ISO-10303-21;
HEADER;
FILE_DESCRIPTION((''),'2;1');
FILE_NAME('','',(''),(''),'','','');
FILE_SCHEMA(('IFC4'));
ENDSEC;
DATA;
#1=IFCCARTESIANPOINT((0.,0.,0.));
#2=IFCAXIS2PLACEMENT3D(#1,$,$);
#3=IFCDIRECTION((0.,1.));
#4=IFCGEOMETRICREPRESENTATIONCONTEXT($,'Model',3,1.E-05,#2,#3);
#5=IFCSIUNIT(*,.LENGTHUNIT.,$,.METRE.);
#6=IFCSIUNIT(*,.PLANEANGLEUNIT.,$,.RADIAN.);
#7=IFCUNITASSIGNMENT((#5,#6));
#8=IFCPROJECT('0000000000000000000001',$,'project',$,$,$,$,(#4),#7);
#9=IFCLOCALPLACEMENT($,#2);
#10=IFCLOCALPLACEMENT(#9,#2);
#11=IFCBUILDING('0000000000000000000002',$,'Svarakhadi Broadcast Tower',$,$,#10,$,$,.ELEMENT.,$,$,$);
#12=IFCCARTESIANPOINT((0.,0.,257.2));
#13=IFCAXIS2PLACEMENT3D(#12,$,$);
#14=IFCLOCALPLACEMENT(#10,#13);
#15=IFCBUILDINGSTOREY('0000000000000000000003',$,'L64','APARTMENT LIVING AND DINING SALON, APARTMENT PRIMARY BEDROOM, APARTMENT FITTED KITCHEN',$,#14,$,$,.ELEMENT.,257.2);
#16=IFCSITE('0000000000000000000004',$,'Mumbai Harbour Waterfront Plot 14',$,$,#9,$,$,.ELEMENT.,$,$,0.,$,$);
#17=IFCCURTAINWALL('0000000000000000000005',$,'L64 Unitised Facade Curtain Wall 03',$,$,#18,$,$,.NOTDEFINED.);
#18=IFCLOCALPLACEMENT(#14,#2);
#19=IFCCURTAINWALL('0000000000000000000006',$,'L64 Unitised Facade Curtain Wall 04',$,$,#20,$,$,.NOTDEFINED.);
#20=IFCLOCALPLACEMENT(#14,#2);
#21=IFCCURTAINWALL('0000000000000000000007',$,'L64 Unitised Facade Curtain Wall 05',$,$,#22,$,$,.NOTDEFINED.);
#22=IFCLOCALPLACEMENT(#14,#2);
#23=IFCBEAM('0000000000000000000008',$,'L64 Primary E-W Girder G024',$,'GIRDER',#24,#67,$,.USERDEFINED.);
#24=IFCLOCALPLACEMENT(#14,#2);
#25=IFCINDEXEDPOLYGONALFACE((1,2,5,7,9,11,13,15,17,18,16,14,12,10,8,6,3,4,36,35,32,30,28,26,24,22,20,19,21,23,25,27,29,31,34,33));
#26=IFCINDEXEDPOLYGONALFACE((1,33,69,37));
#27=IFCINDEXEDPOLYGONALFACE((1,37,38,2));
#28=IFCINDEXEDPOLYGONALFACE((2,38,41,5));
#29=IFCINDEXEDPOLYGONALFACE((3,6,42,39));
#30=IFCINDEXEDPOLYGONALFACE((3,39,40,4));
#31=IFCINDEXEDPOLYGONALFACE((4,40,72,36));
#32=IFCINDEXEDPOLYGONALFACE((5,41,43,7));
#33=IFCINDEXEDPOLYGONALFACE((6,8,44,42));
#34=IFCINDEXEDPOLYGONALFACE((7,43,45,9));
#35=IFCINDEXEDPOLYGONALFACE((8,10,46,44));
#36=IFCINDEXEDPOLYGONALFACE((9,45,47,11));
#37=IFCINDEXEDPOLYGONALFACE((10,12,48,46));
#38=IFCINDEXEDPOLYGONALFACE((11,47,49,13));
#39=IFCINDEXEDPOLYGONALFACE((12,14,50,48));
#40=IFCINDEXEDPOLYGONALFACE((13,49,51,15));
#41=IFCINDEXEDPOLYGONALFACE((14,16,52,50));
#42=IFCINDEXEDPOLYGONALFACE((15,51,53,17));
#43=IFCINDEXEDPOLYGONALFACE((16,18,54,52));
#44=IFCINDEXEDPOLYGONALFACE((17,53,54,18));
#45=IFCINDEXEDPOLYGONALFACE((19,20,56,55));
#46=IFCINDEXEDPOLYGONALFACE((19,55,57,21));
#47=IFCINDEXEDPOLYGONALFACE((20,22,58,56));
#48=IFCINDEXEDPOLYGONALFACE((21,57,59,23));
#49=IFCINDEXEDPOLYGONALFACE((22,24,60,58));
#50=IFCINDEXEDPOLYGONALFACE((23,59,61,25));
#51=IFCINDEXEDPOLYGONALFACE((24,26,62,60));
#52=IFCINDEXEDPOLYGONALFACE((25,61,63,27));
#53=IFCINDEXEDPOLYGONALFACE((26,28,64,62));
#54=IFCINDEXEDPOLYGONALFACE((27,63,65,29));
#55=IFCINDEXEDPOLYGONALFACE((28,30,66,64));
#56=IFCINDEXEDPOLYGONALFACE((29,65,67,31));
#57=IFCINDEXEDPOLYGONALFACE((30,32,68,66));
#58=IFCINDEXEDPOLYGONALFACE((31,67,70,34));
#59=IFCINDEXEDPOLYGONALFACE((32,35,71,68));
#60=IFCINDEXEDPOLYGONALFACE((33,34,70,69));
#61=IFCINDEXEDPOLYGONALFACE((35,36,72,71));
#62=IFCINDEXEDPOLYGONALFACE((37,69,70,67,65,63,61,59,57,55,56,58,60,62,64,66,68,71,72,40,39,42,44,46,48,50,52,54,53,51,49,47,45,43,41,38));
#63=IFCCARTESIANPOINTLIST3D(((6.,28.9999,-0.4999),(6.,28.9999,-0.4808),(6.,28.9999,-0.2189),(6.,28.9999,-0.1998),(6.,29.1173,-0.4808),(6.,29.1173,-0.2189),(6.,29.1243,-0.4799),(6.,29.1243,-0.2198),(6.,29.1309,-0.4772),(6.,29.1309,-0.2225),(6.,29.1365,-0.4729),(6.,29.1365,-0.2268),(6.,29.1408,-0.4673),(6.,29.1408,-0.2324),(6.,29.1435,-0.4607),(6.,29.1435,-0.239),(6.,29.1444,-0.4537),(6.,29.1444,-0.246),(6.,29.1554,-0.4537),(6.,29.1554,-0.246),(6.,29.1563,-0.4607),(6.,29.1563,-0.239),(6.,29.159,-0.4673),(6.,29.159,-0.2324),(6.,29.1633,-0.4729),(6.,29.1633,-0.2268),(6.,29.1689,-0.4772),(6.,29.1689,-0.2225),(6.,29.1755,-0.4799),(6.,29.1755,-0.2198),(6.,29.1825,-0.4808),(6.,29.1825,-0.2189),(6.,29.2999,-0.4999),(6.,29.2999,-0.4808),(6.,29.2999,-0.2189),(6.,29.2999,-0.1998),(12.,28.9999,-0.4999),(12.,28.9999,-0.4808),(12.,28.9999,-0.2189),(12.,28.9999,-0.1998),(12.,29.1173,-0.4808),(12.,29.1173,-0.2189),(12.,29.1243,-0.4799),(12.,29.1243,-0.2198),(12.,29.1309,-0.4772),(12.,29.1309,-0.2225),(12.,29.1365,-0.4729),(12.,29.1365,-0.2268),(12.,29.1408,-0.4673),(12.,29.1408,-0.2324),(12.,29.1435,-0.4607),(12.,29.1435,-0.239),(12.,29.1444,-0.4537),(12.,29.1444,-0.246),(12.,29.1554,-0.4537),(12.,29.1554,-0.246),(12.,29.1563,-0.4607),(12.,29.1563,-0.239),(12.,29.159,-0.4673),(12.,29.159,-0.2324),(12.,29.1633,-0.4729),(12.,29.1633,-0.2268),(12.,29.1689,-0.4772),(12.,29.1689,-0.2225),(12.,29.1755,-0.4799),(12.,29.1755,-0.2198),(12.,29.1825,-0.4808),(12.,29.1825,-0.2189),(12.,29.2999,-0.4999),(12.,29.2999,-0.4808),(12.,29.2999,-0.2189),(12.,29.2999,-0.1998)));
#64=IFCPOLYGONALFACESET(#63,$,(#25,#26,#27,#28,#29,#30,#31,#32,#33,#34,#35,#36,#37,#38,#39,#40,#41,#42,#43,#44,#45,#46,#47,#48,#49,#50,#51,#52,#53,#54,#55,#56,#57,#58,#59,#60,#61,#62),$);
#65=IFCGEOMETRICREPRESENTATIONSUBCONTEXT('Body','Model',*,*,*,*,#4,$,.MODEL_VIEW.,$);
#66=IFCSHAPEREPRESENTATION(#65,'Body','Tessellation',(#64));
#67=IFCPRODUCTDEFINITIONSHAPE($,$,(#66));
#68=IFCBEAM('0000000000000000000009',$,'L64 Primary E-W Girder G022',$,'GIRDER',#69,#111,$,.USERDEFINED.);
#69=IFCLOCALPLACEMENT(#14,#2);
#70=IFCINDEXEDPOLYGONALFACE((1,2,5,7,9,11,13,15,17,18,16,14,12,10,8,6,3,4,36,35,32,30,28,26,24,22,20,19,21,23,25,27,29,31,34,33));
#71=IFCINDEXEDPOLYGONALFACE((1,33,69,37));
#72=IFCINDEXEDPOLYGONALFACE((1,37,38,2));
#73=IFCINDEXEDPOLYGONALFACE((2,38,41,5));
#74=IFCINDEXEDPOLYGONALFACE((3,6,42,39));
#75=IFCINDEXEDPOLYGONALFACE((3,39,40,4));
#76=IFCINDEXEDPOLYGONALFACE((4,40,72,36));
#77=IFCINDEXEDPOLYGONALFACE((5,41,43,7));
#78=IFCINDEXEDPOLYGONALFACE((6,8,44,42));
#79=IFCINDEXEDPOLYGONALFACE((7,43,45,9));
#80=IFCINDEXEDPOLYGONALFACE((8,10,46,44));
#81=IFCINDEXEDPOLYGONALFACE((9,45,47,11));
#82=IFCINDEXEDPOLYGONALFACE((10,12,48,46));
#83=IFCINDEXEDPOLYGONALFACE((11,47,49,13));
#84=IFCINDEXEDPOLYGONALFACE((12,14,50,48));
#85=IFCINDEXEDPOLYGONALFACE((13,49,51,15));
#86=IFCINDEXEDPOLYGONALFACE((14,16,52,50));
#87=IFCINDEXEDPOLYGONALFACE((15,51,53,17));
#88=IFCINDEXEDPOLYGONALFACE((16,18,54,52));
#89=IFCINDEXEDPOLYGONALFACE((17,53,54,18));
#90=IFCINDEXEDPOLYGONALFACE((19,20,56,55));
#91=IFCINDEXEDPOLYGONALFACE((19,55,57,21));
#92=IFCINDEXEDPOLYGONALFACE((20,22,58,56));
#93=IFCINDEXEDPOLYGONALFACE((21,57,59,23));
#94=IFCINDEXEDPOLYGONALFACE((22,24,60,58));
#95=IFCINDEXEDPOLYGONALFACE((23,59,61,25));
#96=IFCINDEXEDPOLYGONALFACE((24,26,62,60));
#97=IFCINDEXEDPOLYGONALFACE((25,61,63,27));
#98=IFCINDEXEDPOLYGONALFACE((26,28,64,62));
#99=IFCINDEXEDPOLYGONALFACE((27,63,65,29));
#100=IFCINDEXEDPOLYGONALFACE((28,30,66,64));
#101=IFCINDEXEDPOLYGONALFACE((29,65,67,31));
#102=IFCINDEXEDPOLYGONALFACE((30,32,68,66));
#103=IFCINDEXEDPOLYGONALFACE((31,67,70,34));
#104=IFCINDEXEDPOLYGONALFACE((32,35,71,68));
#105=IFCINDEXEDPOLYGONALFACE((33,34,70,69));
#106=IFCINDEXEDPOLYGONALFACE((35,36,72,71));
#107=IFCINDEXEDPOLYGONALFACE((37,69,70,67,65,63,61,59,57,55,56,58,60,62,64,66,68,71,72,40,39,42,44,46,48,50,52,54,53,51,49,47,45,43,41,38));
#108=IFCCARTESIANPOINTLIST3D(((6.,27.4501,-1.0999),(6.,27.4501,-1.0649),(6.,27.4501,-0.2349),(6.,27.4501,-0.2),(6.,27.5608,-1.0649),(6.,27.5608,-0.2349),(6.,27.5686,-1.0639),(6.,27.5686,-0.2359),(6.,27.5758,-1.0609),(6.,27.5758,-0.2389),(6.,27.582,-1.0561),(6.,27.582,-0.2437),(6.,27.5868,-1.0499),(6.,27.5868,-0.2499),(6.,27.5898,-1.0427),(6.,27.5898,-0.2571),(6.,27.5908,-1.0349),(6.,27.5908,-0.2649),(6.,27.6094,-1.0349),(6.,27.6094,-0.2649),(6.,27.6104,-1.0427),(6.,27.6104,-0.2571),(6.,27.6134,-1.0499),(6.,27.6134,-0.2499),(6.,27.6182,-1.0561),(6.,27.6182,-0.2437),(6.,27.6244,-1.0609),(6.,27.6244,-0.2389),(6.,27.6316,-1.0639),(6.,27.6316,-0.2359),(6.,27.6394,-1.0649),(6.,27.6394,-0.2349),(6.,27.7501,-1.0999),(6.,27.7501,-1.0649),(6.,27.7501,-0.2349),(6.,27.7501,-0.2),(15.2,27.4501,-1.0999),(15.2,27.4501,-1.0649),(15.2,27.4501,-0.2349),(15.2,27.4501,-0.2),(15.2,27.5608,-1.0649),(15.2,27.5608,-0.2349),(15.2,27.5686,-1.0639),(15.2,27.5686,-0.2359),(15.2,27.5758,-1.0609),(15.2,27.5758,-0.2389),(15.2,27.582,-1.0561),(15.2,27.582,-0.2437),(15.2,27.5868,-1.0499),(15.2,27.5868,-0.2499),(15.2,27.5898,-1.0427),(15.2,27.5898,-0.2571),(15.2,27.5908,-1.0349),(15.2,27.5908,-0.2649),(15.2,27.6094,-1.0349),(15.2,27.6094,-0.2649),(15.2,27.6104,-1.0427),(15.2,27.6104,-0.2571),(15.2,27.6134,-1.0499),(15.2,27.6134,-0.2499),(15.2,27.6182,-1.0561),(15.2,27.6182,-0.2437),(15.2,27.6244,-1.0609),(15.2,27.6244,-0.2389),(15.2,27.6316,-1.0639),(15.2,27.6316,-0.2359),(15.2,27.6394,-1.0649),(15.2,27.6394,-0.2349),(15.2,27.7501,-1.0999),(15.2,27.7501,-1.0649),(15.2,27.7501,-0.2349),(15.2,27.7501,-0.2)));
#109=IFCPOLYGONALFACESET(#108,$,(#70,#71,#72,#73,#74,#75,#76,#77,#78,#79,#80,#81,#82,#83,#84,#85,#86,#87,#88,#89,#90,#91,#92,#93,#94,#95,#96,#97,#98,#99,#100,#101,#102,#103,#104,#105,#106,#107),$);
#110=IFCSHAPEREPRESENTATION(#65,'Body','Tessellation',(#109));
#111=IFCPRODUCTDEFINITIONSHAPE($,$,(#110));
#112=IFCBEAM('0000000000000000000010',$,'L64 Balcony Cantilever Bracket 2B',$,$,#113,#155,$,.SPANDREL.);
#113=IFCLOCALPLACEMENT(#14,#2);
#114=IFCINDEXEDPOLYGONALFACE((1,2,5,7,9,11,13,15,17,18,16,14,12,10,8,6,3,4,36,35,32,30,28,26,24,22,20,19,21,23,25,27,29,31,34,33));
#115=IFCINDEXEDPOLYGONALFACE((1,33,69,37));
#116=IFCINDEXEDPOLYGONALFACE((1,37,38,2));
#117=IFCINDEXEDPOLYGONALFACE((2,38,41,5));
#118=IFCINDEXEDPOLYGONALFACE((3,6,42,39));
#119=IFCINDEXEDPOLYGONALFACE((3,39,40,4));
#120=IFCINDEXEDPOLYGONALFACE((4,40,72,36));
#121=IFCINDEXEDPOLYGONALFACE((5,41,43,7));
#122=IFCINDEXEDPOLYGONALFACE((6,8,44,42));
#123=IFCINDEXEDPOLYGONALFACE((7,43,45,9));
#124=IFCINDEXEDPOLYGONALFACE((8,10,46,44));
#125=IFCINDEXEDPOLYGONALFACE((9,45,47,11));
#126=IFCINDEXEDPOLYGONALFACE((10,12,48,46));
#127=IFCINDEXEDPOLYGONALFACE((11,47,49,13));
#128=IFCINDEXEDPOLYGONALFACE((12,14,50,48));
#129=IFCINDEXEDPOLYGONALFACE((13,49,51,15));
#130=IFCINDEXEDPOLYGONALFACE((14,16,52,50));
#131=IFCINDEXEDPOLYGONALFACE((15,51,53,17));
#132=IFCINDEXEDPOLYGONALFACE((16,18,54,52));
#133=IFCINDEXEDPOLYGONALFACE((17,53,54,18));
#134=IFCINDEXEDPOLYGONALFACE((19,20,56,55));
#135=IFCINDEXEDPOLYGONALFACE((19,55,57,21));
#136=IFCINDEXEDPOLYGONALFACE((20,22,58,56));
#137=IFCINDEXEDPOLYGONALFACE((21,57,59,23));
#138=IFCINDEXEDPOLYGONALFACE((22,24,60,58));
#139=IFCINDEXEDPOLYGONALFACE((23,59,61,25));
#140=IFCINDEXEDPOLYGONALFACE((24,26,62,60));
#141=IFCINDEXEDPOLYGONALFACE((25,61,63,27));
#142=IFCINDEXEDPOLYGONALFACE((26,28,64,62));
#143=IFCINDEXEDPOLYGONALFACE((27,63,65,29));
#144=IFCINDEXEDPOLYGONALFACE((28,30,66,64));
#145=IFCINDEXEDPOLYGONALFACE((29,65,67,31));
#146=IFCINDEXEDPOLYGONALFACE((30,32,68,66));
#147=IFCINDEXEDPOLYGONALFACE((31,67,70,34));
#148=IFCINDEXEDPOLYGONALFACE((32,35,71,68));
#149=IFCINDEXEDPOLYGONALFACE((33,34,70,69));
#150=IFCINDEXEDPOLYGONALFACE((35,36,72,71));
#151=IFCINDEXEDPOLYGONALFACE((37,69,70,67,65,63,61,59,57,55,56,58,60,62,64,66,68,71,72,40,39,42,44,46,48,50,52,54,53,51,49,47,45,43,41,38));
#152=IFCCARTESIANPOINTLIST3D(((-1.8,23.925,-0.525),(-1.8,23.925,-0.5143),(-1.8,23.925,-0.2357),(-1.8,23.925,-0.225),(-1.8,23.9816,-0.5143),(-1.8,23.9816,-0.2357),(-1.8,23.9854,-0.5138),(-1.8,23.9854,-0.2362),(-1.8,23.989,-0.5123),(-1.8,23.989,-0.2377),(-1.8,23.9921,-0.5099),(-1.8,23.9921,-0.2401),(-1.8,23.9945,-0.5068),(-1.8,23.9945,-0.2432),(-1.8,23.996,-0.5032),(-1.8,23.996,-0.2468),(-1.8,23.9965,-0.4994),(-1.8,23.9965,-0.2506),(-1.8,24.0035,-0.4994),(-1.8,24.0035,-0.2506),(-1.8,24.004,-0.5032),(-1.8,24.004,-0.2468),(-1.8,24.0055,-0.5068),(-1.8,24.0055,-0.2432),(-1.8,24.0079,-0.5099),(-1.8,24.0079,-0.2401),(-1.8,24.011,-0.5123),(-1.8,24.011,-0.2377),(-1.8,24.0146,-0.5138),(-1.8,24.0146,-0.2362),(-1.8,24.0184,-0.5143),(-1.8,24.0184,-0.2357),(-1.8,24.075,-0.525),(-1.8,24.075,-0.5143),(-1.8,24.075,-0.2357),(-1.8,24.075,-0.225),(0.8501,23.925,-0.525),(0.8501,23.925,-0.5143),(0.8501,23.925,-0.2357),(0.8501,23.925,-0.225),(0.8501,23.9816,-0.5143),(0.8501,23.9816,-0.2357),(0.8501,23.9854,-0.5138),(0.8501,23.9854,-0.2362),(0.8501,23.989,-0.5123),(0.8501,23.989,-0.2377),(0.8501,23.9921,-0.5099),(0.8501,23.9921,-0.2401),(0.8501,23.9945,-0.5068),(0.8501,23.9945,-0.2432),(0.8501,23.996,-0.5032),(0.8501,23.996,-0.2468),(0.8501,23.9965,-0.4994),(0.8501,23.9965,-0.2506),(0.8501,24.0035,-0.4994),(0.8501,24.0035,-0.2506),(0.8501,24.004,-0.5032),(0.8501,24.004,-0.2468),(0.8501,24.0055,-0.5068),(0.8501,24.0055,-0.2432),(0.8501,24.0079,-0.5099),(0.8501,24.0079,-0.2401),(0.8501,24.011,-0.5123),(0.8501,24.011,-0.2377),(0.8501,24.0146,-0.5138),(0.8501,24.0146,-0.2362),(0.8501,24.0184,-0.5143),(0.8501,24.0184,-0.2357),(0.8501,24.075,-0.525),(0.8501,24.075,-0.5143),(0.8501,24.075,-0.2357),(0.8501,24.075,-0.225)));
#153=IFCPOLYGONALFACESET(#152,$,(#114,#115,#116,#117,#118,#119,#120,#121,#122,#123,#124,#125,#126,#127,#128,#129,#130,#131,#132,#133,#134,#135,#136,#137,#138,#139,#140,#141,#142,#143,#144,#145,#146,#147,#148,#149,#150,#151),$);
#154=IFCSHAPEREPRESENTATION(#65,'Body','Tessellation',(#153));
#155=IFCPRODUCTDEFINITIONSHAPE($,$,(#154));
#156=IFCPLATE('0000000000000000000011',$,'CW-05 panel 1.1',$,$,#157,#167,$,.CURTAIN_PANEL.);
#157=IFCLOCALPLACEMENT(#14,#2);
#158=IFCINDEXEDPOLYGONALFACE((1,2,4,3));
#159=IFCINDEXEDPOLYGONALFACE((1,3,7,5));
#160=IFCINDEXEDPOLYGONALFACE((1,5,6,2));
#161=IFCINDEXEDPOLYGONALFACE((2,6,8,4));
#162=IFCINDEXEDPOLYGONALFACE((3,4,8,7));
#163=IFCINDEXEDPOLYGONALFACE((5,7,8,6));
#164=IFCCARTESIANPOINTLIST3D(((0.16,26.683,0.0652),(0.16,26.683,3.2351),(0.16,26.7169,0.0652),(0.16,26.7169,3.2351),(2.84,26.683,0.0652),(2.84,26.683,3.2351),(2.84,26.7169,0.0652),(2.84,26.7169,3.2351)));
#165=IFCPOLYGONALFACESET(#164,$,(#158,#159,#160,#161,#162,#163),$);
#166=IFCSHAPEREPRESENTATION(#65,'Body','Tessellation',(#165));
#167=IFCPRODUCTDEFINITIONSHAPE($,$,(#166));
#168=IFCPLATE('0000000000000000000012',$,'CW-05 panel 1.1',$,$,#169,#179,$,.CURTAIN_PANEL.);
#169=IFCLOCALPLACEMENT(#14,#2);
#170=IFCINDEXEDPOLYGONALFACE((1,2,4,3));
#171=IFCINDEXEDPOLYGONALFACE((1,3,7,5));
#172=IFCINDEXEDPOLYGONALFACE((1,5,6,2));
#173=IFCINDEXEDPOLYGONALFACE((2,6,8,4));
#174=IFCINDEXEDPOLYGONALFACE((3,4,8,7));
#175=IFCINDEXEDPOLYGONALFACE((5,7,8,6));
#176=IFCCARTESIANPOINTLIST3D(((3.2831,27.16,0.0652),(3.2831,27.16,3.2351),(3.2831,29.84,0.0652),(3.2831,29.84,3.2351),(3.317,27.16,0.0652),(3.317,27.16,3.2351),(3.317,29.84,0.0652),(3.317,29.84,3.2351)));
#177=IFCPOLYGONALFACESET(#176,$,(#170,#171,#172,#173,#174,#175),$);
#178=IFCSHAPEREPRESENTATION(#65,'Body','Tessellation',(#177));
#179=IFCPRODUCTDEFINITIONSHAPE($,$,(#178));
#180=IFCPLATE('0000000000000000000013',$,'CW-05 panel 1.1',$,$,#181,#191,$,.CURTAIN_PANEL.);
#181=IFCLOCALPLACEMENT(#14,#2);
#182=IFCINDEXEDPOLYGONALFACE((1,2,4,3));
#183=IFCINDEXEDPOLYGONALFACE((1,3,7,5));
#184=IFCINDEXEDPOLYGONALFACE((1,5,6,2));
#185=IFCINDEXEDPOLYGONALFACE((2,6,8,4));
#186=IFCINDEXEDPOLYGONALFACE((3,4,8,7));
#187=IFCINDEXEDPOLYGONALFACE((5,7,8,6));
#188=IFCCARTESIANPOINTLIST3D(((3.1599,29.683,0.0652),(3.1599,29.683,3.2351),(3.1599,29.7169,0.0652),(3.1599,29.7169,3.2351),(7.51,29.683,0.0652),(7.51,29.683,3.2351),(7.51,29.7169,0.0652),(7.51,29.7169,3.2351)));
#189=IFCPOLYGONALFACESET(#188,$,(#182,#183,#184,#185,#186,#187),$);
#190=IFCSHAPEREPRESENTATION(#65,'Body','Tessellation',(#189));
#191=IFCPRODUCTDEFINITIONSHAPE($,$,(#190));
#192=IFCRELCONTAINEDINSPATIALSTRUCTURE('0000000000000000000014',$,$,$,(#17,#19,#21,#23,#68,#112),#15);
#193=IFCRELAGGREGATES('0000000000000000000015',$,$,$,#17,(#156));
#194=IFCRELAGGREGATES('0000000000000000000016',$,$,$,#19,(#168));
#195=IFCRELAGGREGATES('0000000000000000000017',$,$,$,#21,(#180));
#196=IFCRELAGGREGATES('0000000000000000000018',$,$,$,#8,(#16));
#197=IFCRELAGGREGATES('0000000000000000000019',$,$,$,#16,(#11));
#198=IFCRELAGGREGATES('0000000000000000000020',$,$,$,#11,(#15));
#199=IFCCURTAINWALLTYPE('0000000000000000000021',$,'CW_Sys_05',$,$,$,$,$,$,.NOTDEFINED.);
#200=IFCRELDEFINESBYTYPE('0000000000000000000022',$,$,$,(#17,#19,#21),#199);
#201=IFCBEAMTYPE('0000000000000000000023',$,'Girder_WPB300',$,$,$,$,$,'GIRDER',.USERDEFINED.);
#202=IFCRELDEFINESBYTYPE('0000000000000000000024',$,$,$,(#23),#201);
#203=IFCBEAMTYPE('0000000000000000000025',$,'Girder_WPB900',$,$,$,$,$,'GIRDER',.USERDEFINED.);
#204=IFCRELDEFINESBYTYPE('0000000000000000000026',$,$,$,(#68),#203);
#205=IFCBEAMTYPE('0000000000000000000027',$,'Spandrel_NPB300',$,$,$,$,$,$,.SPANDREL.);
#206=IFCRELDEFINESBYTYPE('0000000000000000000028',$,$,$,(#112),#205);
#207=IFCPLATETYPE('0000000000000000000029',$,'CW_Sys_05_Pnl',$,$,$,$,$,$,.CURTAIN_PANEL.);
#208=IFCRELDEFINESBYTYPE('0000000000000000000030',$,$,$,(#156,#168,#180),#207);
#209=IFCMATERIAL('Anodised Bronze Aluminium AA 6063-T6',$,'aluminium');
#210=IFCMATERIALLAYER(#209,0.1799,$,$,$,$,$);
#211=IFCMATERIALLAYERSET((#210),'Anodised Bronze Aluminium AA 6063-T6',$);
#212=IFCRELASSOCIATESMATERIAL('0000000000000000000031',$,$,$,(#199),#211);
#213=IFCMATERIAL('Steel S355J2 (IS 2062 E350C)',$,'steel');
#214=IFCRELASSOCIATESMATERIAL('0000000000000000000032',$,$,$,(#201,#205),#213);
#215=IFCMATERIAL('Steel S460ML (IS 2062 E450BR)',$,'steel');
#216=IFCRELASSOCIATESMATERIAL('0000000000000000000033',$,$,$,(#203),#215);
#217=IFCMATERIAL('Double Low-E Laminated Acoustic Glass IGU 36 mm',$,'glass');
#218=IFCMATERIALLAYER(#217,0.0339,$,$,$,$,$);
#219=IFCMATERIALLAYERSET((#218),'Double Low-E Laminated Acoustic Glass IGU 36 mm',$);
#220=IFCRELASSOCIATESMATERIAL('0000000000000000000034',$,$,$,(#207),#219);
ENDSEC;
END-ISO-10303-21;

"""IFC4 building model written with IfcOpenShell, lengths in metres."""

from ifc_helpers import new_model, si_unit, direction, frame, origin, origin_2d, place, context, subcontext, project, spatial, rectangle, i_section, extrude, material, layer, layer_set, material_profile, profile_set, type_object, element, aggregate, save


model = new_model("IFC4")

# Units and contexts
model_context = context("Model", 3, precision=1e-05, world=origin(), true_north=direction((0.0, 1.0)))
body_context = subcontext(model_context, "Body", "Model", "MODEL_VIEW")
ifc_project = project(units=[si_unit("LENGTHUNIT", "METRE"), si_unit("PLANEANGLEUNIT", "RADIAN")], contexts=[model_context])

# Site, building, storey
site_placement = place(None, origin())
site = spatial("IfcSite", under=ifc_project, at=site_placement, Name="Mumbai Harbour Waterfront Plot 14", CompositionType="ELEMENT", RefElevation=0.0)
building_placement = place(site_placement, origin())
building = spatial("IfcBuilding", under=site, at=building_placement, Name="Svarakhadi Broadcast Tower", CompositionType="ELEMENT")
storey_placement = place(building_placement, frame((0.0, 0.0, 257.2)))
storey = spatial("IfcBuildingStorey", under=building, at=storey_placement, Name="L64", Description="APARTMENT LIVING AND DINING SALON, APARTMENT PRIMARY BEDROOM, APARTMENT FITTED KITCHEN", CompositionType="ELEMENT", Elevation=257.2)

# Shared definitions
ifc_material_1 = material(Name="Steel S460ML (IS 2062 E450BR)", Category="steel")

# Curtain walls
ifc_material_2 = material(Name="Anodised Bronze Aluminium AA 6063-T6", Category="aluminium")
ifc_layer_1 = layer(ifc_material_2, 0.1799)
ifc_layer_set_1 = layer_set([ifc_layer_1], Name="Anodised Bronze Aluminium AA 6063-T6")
curtain_wall_type = type_object("IfcCurtainWallType", Name="CW_Sys_05", PredefinedType="NOTDEFINED", material=ifc_layer_set_1)
curtain_wall_1_placement = place(storey_placement, origin())
curtain_wall_1 = element("IfcCurtainWall", 1, at=curtain_wall_1_placement, inside=storey, type_object=curtain_wall_type, Name="L64 Unitised Facade Curtain Wall 03", PredefinedType="NOTDEFINED")
curtain_wall_2_placement = place(storey_placement, origin())
curtain_wall_2 = element("IfcCurtainWall", 2, at=curtain_wall_2_placement, inside=storey, type_object=curtain_wall_type, Name="L64 Unitised Facade Curtain Wall 04", PredefinedType="NOTDEFINED")

# Curtain wall
curtain_wall_3_placement = place(storey_placement, origin())
curtain_wall_3 = element("IfcCurtainWall", 3, at=curtain_wall_3_placement, inside=storey, type_object=curtain_wall_type, Name="L64 Unitised Facade Curtain Wall 05", PredefinedType="NOTDEFINED")

# Beams
ifc_material_3 = material(Name="Steel S355J2 (IS 2062 E350C)", Category="steel")
ifc_material_profile_1 = material_profile(ifc_material_3, i_section(OverallWidth=0.3, OverallDepth=0.3, WebThickness=0.011, FlangeThickness=0.019, FilletRadius=0.0271, at=origin_2d()), Name="WPB 300x300x117")
ifc_profile_set_1 = profile_set([ifc_material_profile_1], Name="Steel S355J2 (IS 2062 E350C)")
beam_type_1 = type_object("IfcBeamType", Name="Girder_WPB300", ElementType="GIRDER", PredefinedType="USERDEFINED", material=ifc_profile_set_1)
beam_1_placement = place(storey_placement, frame((6.0, 29.1499, -0.3499), z_axis=(1.0, 0.0, 0.0), x_axis=(0.0, 1.0, 0.0)))
element("IfcBeam", 4, at=beam_1_placement, inside=storey, type_object=beam_type_1, Name="L64 Primary E-W Girder G024", ObjectType="GIRDER", PredefinedType="USERDEFINED", context=body_context, shape_type="SweptSolid", body=[
    extrude(i_section(OverallWidth=0.3, OverallDepth=0.3, WebThickness=0.011, FlangeThickness=0.019, FilletRadius=0.0271, at=origin_2d()), origin(), (0.0, 0.0, 1.0), 6.0),
])
ifc_material_profile_2 = material_profile(ifc_material_1, i_section(OverallWidth=0.3, OverallDepth=0.8999, WebThickness=0.0186, FlangeThickness=0.0349, FilletRadius=0.03, at=origin_2d()), Name="WPB 900x300x291")
ifc_profile_set_2 = profile_set([ifc_material_profile_2], Name="Steel S460ML (IS 2062 E450BR)")
beam_type_2 = type_object("IfcBeamType", Name="Girder_WPB900", ElementType="GIRDER", PredefinedType="USERDEFINED", material=ifc_profile_set_2)
beam_2_placement = place(storey_placement, frame((6.0, 27.6001, -0.6499), z_axis=(1.0, 0.0, 0.0), x_axis=(0.0, 1.0, 0.0)))
element("IfcBeam", 5, at=beam_2_placement, inside=storey, type_object=beam_type_2, Name="L64 Primary E-W Girder G022", ObjectType="GIRDER", PredefinedType="USERDEFINED", context=body_context, shape_type="SweptSolid", body=[
    extrude(i_section(OverallWidth=0.3, OverallDepth=0.8999, WebThickness=0.0186, FlangeThickness=0.0349, FilletRadius=0.03, at=origin_2d()), origin(), (0.0, 0.0, 1.0), 9.2),
])
ifc_material_profile_3 = material_profile(ifc_material_3, i_section(OverallWidth=0.1499, OverallDepth=0.3, WebThickness=0.0071, FlangeThickness=0.0107, FilletRadius=0.0149, at=origin_2d()), Name="NPB 300x150x37")
ifc_profile_set_3 = profile_set([ifc_material_profile_3], Name="Steel S355J2 (IS 2062 E350C)")
beam_type_3 = type_object("IfcBeamType", Name="Spandrel_NPB300", PredefinedType="SPANDREL", material=ifc_profile_set_3)
beam_3_placement = place(storey_placement, frame((0.8501, 24.0, -0.375), z_axis=(-1.0, 0.0, 0.0), x_axis=(0.0, -1.0, 0.0)))
element("IfcBeam", 6, at=beam_3_placement, inside=storey, type_object=beam_type_3, Name="L64 Balcony Cantilever Bracket 2B", PredefinedType="SPANDREL", context=body_context, shape_type="SweptSolid", body=[
    extrude(i_section(OverallWidth=0.1499, OverallDepth=0.3, WebThickness=0.0071, FlangeThickness=0.0107, FilletRadius=0.0149, at=origin_2d()), origin(), (0.0, 0.0, 1.0), 2.6501),
])

# Plates
ifc_material_4 = material(Name="Double Low-E Laminated Acoustic Glass IGU 36 mm", Category="glass")
ifc_layer_2 = layer(ifc_material_4, 0.0339)
ifc_layer_set_2 = layer_set([ifc_layer_2], Name="Double Low-E Laminated Acoustic Glass IGU 36 mm")
plate_type_1 = type_object("IfcPlateType", Name="CW_Sys_05_Pnl", PredefinedType="CURTAIN_PANEL", material=ifc_layer_set_2)
plate_1_placement = place(storey_placement, frame((1.5, 26.7, 0.0652), z_axis=(0.0, 0.0, 1.0), x_axis=(1.0, 0.0, 0.0)))
plate_1 = element("IfcPlate", 7, at=plate_1_placement, type_object=plate_type_1, Name="CW-05 panel 1.1", PredefinedType="CURTAIN_PANEL", context=body_context, shape_type="SweptSolid", body=[
    extrude(rectangle(XDim=2.6799, YDim=0.0339, at=origin_2d()), origin(), (0.0, 0.0, 1.0), 3.1699),
])
aggregate(curtain_wall_1, [plate_1])
plate_2_placement = place(storey_placement, frame((3.3, 28.5, 0.0652), z_axis=(0.0, 0.0, 1.0), x_axis=(0.0, 1.0, 0.0)))
plate_2 = element("IfcPlate", 8, at=plate_2_placement, type_object=plate_type_1, Name="CW-05 panel 1.1", PredefinedType="CURTAIN_PANEL", context=body_context, shape_type="SweptSolid", body=[
    extrude(rectangle(XDim=2.6799, YDim=0.0339, at=origin_2d()), origin(), (0.0, 0.0, 1.0), 3.1699),
])
aggregate(curtain_wall_2, [plate_2])
plate_3_placement = place(storey_placement, frame((5.335, 29.7, 0.0652), z_axis=(0.0, 0.0, 1.0), x_axis=(1.0, 0.0, 0.0)))
plate_3 = element("IfcPlate", 9, at=plate_3_placement, type_object=plate_type_1, Name="CW-05 panel 1.1", PredefinedType="CURTAIN_PANEL", context=body_context, shape_type="SweptSolid", body=[
    extrude(rectangle(XDim=4.3501, YDim=0.0339, at=origin_2d()), origin(), (0.0, 0.0, 1.0), 3.1699),
])
aggregate(curtain_wall_3, [plate_3])

save(model, "model.ifc")
